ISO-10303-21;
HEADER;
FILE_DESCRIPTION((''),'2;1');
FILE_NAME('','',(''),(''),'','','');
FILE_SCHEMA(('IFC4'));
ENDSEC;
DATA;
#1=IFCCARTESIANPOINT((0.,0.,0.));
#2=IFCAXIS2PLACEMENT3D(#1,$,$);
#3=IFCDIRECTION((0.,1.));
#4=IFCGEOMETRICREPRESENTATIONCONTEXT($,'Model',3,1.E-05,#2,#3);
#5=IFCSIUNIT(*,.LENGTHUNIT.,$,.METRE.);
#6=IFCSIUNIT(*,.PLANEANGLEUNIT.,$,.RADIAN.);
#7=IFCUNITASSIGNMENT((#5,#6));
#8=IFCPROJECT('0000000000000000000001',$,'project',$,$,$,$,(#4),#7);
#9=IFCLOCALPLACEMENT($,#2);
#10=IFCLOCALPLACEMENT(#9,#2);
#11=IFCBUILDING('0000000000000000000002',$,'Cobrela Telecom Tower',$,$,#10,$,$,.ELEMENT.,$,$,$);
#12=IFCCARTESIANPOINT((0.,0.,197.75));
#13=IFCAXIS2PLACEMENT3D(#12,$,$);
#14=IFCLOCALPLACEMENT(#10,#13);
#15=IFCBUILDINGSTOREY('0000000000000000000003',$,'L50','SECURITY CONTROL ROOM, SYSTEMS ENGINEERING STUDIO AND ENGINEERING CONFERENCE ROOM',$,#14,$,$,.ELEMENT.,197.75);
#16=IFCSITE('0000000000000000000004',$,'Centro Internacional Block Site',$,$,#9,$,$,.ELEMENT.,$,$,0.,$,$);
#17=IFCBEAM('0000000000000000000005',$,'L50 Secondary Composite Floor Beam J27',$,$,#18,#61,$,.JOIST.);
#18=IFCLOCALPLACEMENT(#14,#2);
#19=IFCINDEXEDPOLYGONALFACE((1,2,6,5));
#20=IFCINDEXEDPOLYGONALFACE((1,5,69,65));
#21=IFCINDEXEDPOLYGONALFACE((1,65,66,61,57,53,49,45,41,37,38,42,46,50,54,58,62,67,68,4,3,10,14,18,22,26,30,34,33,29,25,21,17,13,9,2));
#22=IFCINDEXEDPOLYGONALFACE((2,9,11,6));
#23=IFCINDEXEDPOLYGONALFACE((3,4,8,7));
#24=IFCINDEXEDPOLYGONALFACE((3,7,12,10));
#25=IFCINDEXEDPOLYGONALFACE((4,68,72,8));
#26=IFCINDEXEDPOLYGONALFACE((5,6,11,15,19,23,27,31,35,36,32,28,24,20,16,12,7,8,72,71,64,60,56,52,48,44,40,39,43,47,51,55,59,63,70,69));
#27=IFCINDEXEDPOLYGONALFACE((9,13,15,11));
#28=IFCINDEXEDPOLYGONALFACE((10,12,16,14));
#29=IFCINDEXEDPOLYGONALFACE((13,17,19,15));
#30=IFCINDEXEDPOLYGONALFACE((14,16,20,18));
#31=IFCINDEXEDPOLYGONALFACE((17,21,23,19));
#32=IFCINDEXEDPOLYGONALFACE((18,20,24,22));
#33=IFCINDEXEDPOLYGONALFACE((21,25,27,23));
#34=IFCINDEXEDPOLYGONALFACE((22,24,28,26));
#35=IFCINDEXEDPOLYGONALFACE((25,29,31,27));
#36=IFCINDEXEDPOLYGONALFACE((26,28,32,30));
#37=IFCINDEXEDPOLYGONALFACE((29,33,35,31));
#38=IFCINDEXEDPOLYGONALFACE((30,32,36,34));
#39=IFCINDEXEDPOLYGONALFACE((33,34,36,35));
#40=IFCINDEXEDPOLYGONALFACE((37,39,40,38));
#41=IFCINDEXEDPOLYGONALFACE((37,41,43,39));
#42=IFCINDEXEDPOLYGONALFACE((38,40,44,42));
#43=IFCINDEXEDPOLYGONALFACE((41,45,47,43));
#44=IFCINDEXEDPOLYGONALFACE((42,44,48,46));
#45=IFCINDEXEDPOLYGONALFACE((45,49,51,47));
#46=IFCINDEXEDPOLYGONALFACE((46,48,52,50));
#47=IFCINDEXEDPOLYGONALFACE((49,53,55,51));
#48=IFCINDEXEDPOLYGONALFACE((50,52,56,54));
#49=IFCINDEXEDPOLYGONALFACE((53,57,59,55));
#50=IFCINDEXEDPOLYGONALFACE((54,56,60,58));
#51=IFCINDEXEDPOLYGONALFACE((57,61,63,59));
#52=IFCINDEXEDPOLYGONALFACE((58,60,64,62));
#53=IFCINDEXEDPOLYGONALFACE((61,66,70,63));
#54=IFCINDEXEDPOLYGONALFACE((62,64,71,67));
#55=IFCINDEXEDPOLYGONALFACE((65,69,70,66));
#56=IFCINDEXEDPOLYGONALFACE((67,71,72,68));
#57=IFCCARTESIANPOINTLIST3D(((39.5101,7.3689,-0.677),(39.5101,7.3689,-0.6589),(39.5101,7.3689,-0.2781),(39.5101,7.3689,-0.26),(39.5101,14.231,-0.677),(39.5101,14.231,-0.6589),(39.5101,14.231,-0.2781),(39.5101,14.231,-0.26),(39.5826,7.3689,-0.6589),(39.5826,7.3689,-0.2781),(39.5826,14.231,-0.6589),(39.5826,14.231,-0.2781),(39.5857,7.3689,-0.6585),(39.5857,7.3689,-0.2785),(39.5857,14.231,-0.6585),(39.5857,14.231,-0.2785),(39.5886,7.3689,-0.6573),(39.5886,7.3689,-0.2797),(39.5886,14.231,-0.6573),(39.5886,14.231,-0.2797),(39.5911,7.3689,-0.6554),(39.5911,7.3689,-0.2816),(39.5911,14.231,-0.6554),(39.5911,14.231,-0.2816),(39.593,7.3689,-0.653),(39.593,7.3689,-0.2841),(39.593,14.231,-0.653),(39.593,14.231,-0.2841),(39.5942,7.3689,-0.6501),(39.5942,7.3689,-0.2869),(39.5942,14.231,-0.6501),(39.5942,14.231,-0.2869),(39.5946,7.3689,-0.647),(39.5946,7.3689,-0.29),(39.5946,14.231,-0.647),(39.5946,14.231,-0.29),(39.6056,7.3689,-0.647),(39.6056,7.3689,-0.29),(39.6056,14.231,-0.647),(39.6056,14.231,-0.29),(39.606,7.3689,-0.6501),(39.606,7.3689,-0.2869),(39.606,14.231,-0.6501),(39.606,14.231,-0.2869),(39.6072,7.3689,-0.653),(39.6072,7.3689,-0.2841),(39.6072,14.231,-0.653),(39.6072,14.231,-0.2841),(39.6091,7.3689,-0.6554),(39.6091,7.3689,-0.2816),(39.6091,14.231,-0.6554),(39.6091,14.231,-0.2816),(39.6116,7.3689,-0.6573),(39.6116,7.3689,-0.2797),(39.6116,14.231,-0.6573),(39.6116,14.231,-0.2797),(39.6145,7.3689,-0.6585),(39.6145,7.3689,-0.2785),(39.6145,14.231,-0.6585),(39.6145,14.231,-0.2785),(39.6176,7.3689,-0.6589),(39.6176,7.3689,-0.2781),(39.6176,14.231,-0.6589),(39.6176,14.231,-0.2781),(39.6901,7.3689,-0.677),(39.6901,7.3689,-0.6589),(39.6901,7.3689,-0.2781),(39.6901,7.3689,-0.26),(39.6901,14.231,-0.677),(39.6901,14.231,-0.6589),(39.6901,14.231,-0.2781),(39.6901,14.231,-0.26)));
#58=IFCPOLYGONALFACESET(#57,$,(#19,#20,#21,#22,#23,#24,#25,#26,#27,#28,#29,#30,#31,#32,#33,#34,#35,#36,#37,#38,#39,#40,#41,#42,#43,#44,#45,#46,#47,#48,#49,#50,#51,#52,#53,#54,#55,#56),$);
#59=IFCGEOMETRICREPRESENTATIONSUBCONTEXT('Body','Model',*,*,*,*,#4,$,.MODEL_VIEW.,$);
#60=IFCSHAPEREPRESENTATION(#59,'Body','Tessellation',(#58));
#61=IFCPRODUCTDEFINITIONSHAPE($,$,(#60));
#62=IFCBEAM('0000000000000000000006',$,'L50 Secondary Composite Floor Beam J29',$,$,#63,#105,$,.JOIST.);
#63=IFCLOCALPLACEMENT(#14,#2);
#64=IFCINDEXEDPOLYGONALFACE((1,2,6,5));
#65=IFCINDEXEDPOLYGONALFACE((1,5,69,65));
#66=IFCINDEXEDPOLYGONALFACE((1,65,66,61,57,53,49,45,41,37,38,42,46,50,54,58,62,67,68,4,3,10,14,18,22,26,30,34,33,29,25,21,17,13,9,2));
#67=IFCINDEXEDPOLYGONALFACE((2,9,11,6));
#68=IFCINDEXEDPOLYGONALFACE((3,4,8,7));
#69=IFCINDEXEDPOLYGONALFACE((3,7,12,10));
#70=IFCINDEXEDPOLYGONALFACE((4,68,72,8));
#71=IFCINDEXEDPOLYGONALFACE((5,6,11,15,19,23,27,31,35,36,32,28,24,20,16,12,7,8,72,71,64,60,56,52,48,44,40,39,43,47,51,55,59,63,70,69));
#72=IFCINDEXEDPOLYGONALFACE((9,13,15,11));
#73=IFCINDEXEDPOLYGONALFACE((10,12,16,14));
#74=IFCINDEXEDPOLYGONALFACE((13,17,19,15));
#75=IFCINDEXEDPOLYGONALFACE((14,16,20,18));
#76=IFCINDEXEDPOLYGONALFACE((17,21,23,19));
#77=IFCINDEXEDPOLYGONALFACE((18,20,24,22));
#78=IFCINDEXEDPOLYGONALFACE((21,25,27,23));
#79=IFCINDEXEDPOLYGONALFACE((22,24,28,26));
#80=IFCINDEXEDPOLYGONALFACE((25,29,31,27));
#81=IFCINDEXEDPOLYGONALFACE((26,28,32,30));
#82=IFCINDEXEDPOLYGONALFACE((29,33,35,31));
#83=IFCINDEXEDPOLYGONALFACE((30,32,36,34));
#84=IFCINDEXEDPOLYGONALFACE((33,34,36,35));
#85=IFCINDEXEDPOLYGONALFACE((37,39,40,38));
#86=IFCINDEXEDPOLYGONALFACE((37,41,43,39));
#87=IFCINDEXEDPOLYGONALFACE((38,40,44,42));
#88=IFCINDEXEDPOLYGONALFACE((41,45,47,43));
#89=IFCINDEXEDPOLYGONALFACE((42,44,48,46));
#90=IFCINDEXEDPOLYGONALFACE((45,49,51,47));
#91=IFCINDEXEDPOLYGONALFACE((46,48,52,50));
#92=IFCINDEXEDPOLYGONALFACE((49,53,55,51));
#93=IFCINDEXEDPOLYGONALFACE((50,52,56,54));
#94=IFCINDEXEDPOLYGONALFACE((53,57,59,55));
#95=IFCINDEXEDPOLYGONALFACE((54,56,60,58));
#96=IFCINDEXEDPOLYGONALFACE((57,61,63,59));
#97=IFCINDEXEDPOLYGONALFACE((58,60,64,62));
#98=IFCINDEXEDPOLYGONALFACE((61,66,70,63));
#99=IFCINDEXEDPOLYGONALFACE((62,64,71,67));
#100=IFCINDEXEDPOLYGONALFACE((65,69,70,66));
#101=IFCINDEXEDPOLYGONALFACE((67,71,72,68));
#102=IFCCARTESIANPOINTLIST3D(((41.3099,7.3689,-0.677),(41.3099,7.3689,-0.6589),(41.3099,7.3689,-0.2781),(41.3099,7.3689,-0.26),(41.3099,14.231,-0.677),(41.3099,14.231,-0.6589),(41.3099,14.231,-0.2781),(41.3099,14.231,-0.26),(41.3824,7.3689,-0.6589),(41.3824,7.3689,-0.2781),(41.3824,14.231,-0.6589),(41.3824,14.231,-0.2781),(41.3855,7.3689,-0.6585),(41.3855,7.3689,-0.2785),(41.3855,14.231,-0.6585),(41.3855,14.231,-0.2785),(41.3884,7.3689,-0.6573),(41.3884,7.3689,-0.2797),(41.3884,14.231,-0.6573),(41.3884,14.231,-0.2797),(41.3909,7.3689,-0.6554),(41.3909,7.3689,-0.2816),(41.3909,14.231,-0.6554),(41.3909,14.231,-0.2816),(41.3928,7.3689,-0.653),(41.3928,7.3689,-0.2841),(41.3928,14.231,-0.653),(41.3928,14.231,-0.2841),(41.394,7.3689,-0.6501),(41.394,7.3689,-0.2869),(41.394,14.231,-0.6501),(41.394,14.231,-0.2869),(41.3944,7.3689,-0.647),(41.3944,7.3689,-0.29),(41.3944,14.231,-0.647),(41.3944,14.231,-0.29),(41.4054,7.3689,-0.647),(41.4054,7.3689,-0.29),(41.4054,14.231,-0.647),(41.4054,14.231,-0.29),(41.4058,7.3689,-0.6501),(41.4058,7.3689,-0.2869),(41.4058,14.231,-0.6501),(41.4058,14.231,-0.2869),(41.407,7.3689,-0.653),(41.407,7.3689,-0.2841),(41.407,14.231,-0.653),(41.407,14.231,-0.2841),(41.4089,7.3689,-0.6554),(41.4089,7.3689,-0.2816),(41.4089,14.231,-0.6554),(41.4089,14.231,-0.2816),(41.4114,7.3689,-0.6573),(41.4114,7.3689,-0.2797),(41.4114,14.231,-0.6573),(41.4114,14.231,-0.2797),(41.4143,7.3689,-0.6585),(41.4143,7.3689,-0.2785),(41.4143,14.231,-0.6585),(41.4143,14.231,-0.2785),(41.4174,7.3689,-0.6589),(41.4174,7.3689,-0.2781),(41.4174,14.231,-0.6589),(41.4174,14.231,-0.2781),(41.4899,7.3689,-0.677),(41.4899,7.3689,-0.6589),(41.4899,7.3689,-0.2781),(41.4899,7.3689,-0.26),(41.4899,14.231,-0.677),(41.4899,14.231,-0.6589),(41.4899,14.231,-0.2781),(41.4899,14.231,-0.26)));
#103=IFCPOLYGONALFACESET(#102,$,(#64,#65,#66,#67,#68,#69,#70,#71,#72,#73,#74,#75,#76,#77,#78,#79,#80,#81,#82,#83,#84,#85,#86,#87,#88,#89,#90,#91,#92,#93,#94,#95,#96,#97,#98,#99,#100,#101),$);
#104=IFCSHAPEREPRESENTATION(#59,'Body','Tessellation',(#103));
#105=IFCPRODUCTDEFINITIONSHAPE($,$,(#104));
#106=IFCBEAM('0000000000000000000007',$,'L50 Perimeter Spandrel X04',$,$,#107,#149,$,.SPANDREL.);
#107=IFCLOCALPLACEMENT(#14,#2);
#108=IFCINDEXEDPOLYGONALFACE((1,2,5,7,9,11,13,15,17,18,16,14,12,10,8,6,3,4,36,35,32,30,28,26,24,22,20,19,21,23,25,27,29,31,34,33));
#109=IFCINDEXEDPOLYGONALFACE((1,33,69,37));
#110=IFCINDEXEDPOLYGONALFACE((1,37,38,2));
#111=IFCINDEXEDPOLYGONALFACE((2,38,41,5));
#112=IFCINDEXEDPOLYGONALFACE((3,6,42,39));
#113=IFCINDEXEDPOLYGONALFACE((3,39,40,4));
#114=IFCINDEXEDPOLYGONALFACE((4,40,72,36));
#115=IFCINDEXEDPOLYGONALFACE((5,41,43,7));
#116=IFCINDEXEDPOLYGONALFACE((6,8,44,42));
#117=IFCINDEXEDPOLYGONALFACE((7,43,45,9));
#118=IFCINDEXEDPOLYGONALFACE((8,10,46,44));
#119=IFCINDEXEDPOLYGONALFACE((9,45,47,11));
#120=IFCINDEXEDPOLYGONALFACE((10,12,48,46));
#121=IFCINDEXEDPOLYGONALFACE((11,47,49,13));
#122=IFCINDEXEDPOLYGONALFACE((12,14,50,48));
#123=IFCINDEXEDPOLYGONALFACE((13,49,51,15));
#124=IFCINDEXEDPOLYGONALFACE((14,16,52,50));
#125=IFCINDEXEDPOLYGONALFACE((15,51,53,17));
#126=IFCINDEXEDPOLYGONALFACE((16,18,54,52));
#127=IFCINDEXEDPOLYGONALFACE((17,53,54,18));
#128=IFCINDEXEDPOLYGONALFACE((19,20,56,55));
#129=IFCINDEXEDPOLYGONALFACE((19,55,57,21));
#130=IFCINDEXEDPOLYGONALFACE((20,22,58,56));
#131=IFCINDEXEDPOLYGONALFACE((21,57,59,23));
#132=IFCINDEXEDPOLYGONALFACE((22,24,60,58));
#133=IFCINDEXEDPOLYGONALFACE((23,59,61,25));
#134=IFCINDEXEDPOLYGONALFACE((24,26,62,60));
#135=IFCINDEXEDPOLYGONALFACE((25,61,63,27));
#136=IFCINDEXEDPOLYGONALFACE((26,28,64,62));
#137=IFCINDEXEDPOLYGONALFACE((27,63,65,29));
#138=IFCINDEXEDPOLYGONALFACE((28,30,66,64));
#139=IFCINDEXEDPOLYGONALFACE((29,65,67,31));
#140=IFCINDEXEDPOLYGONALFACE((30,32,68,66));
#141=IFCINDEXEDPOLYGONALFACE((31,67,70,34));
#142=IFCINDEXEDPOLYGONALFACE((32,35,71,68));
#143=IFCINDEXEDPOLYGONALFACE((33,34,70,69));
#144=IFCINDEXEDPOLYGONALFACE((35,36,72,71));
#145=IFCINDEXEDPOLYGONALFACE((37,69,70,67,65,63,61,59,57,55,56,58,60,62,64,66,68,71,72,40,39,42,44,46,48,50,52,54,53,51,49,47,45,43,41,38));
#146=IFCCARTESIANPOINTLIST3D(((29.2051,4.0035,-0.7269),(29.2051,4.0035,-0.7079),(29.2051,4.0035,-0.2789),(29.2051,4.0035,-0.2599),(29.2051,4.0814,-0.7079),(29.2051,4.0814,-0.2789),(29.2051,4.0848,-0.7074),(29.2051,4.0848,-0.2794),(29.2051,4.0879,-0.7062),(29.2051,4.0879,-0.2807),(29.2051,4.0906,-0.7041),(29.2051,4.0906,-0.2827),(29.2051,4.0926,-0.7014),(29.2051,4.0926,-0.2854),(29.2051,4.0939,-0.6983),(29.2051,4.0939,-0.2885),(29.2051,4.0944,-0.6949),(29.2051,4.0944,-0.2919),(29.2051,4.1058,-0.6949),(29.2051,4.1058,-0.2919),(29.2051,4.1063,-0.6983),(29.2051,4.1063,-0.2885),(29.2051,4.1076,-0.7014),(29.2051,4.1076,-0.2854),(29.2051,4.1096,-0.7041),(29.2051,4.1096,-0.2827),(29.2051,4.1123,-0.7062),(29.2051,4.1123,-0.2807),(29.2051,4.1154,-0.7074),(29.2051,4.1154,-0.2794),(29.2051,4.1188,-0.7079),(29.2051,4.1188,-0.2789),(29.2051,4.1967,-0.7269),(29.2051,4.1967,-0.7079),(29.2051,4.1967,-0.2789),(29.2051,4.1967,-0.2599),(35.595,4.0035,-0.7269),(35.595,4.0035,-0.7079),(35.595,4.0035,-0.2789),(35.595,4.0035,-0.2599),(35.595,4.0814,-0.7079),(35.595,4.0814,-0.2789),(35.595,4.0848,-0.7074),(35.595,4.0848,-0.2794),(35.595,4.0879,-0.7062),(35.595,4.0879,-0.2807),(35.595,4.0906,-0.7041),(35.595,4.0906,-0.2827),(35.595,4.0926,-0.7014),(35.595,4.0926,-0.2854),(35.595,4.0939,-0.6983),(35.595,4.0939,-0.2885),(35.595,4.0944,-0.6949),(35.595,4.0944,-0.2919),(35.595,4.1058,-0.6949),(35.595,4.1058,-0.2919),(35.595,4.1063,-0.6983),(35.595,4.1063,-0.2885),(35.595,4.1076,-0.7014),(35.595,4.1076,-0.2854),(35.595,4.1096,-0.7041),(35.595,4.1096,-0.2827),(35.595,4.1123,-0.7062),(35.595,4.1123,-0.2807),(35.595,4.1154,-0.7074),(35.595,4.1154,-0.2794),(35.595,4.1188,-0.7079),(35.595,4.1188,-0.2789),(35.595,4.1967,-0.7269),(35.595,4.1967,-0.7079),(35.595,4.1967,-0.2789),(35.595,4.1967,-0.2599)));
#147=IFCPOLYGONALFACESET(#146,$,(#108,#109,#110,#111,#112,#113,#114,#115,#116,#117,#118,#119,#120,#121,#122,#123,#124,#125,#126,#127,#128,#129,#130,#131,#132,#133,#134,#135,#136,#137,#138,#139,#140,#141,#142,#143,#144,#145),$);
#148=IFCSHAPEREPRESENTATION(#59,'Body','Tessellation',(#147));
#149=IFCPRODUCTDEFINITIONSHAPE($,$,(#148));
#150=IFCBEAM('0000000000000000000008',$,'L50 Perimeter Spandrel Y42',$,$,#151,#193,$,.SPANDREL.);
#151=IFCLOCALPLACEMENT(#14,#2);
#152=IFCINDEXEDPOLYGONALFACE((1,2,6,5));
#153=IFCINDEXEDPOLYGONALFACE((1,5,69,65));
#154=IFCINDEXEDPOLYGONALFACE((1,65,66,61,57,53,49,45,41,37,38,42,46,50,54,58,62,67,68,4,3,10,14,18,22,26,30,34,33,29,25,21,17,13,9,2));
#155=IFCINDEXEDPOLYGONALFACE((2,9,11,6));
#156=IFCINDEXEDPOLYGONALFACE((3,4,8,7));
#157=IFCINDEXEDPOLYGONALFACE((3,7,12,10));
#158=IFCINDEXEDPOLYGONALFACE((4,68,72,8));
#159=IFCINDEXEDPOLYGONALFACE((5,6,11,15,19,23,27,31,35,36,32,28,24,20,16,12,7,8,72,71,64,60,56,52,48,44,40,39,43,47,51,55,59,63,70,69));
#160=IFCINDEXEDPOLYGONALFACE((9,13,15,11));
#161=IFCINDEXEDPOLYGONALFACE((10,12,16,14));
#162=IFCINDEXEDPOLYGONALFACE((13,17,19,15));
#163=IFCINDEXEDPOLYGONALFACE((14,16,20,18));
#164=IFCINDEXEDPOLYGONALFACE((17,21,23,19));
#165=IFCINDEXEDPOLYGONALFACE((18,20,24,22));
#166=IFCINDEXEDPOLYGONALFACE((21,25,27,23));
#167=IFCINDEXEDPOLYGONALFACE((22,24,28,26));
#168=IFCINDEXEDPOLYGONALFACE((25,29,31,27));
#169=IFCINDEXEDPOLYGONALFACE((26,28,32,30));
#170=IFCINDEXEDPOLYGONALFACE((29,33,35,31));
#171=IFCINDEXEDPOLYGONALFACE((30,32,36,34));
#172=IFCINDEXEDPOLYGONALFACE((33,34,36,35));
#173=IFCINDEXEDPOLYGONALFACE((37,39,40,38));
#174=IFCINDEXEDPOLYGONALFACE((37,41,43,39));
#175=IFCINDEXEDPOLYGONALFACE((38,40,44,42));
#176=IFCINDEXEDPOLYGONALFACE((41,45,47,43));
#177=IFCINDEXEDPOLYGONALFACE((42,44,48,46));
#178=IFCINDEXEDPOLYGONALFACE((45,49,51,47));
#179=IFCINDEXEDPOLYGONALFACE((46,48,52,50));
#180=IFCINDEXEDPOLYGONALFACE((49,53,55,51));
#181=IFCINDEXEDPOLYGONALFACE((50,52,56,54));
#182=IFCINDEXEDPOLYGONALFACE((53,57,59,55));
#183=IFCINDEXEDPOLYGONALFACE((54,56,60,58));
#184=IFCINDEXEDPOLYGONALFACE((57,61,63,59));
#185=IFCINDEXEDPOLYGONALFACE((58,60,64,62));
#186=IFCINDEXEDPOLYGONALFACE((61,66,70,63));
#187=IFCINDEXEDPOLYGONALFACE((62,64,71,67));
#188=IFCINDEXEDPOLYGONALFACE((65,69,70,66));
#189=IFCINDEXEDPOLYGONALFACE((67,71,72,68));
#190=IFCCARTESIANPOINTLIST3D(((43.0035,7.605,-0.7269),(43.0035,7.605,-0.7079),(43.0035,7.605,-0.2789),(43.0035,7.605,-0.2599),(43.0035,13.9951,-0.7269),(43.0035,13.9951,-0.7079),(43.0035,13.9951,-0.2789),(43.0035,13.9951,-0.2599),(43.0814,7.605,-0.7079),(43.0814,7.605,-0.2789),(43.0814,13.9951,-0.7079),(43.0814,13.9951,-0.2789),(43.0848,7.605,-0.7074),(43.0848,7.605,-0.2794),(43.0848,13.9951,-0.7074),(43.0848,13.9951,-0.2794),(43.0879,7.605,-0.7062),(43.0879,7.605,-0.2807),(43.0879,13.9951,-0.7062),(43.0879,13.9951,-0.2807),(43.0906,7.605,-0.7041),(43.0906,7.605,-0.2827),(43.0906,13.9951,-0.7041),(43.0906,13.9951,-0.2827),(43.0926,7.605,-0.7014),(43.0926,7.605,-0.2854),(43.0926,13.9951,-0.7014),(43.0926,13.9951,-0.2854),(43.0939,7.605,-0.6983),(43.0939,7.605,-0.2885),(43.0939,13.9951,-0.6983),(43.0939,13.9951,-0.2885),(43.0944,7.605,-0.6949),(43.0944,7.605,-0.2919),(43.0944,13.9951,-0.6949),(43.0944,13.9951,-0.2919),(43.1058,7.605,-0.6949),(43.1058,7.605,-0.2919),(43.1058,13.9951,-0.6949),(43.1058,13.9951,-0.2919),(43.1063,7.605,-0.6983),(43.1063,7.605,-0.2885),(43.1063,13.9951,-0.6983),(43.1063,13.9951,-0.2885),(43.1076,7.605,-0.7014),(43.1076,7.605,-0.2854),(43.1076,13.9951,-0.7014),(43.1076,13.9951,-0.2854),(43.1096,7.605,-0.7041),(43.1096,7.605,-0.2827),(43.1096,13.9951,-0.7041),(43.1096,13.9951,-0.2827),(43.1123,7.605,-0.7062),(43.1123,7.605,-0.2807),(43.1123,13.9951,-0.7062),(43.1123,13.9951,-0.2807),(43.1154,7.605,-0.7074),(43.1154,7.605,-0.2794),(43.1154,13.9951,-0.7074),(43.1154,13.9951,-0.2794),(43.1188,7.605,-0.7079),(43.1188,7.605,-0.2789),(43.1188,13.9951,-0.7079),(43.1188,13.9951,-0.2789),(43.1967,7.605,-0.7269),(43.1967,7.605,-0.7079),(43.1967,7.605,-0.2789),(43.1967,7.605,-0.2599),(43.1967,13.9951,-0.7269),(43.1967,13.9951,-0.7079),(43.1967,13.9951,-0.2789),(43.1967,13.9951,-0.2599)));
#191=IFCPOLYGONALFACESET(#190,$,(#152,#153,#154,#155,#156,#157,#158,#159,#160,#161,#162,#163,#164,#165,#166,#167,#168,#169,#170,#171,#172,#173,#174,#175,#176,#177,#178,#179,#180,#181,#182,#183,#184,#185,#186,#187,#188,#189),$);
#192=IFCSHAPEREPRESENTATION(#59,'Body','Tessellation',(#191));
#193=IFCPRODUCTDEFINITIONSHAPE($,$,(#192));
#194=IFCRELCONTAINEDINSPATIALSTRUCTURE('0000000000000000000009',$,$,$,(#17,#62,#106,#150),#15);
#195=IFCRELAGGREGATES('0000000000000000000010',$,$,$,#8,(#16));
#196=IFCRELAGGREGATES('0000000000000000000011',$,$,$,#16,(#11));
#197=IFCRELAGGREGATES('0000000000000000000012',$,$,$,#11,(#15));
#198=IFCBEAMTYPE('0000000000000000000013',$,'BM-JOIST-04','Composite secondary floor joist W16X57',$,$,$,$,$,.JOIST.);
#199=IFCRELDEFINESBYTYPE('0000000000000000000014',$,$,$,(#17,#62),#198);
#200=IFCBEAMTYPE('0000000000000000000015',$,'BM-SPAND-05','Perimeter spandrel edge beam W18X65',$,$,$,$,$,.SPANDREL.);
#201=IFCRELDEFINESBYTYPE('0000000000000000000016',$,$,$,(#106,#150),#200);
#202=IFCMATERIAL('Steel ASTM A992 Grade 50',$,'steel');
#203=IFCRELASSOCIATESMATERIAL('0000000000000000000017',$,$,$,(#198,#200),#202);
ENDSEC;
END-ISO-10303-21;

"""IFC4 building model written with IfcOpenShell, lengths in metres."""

from ifc_helpers import new_model, si_unit, direction, frame, origin, origin_2d, place, context, subcontext, project, spatial, i_section, extrude, material, material_profile, profile_set, type_object, element, save


model = new_model("IFC4")

# Units and contexts
model_context = context("Model", 3, precision=1e-05, world=origin(), true_north=direction((0.0, 1.0)))
body_context = subcontext(model_context, "Body", "Model", "MODEL_VIEW")
ifc_project = project(units=[si_unit("LENGTHUNIT", "METRE"), si_unit("PLANEANGLEUNIT", "RADIAN")], contexts=[model_context])

# Site, building, storey
site_placement = place(None, origin())
site = spatial("IfcSite", under=ifc_project, at=site_placement, Name="Centro Internacional Block Site", CompositionType="ELEMENT", RefElevation=0.0)
building_placement = place(site_placement, origin())
building = spatial("IfcBuilding", under=site, at=building_placement, Name="Cobrela Telecom Tower", CompositionType="ELEMENT")
storey_placement = place(building_placement, frame((0.0, 0.0, 197.75)))
storey = spatial("IfcBuildingStorey", under=building, at=storey_placement, Name="L50", Description="SECURITY CONTROL ROOM, SYSTEMS ENGINEERING STUDIO AND ENGINEERING CONFERENCE ROOM", CompositionType="ELEMENT", Elevation=197.75)

# Shared definitions
ifc_material_1 = material(Name="Steel ASTM A992 Grade 50", Category="steel")

# Beams
ifc_material_profile_1 = material_profile(ifc_material_1, i_section(OverallWidth=0.1799, OverallDepth=0.417, WebThickness=0.011, FlangeThickness=0.0181, FilletRadius=0.012, at=origin_2d()), Name="W16X57")
ifc_profile_set_1 = profile_set([ifc_material_profile_1], Name="Steel ASTM A992 Grade 50")
beam_type_1 = type_object("IfcBeamType", Name="BM-JOIST-04", Description="Composite secondary floor joist W16X57", PredefinedType="JOIST", material=ifc_profile_set_1)
for number, where, z_axis, x_axis, name in (
    (1, (39.6001, 7.3689, -0.4685), (0.0, 1.0, 0.0), (-1.0, 0.0, 0.0), "L50 Secondary Composite Floor Beam J27"),
    (2, (41.3999, 7.3689, -0.4685), (0.0, 1.0, 0.0), (-1.0, 0.0, 0.0), "L50 Secondary Composite Floor Beam J29"),
):
    element("IfcBeam", number, at=place(storey_placement, frame(where, z_axis=z_axis, x_axis=x_axis)), inside=storey, type_object=beam_type_1, Name=name, PredefinedType="JOIST", context=body_context, shape_type="SweptSolid", body=[
        extrude(i_section(OverallWidth=0.1799, OverallDepth=0.417, WebThickness=0.011, FlangeThickness=0.0181, FilletRadius=0.012, at=origin_2d()), origin(), (0.0, 0.0, 1.0), 6.8621),
    ])
ifc_material_profile_2 = material_profile(ifc_material_1, i_section(OverallWidth=0.1931, OverallDepth=0.467, WebThickness=0.0115, FlangeThickness=0.019, FilletRadius=0.0129, at=origin_2d()), Name="W18X65")
ifc_profile_set_2 = profile_set([ifc_material_profile_2], Name="Steel ASTM A992 Grade 50")
beam_type_2 = type_object("IfcBeamType", Name="BM-SPAND-05", Description="Perimeter spandrel edge beam W18X65", PredefinedType="SPANDREL", material=ifc_profile_set_2)
beam_1_placement = place(storey_placement, frame((29.2051, 4.1001, -0.4934), z_axis=(1.0, 0.0, 0.0), x_axis=(0.0, 1.0, 0.0)))
element("IfcBeam", 3, at=beam_1_placement, inside=storey, type_object=beam_type_2, Name="L50 Perimeter Spandrel X04", PredefinedType="SPANDREL", context=body_context, shape_type="SweptSolid", body=[
    extrude(i_section(OverallWidth=0.1931, OverallDepth=0.467, WebThickness=0.0115, FlangeThickness=0.019, FilletRadius=0.0129, at=origin_2d()), origin(), (0.0, 0.0, 1.0), 6.3899),
])
beam_2_placement = place(storey_placement, frame((43.1001, 7.605, -0.4934), z_axis=(0.0, 1.0, 0.0), x_axis=(-1.0, 0.0, 0.0)))
element("IfcBeam", 4, at=beam_2_placement, inside=storey, type_object=beam_type_2, Name="L50 Perimeter Spandrel Y42", PredefinedType="SPANDREL", context=body_context, shape_type="SweptSolid", body=[
    extrude(i_section(OverallWidth=0.1931, OverallDepth=0.467, WebThickness=0.0115, FlangeThickness=0.019, FilletRadius=0.0129, at=origin_2d()), origin(), (0.0, 0.0, 1.0), 6.3901),
])

save(model, "model.ifc")
